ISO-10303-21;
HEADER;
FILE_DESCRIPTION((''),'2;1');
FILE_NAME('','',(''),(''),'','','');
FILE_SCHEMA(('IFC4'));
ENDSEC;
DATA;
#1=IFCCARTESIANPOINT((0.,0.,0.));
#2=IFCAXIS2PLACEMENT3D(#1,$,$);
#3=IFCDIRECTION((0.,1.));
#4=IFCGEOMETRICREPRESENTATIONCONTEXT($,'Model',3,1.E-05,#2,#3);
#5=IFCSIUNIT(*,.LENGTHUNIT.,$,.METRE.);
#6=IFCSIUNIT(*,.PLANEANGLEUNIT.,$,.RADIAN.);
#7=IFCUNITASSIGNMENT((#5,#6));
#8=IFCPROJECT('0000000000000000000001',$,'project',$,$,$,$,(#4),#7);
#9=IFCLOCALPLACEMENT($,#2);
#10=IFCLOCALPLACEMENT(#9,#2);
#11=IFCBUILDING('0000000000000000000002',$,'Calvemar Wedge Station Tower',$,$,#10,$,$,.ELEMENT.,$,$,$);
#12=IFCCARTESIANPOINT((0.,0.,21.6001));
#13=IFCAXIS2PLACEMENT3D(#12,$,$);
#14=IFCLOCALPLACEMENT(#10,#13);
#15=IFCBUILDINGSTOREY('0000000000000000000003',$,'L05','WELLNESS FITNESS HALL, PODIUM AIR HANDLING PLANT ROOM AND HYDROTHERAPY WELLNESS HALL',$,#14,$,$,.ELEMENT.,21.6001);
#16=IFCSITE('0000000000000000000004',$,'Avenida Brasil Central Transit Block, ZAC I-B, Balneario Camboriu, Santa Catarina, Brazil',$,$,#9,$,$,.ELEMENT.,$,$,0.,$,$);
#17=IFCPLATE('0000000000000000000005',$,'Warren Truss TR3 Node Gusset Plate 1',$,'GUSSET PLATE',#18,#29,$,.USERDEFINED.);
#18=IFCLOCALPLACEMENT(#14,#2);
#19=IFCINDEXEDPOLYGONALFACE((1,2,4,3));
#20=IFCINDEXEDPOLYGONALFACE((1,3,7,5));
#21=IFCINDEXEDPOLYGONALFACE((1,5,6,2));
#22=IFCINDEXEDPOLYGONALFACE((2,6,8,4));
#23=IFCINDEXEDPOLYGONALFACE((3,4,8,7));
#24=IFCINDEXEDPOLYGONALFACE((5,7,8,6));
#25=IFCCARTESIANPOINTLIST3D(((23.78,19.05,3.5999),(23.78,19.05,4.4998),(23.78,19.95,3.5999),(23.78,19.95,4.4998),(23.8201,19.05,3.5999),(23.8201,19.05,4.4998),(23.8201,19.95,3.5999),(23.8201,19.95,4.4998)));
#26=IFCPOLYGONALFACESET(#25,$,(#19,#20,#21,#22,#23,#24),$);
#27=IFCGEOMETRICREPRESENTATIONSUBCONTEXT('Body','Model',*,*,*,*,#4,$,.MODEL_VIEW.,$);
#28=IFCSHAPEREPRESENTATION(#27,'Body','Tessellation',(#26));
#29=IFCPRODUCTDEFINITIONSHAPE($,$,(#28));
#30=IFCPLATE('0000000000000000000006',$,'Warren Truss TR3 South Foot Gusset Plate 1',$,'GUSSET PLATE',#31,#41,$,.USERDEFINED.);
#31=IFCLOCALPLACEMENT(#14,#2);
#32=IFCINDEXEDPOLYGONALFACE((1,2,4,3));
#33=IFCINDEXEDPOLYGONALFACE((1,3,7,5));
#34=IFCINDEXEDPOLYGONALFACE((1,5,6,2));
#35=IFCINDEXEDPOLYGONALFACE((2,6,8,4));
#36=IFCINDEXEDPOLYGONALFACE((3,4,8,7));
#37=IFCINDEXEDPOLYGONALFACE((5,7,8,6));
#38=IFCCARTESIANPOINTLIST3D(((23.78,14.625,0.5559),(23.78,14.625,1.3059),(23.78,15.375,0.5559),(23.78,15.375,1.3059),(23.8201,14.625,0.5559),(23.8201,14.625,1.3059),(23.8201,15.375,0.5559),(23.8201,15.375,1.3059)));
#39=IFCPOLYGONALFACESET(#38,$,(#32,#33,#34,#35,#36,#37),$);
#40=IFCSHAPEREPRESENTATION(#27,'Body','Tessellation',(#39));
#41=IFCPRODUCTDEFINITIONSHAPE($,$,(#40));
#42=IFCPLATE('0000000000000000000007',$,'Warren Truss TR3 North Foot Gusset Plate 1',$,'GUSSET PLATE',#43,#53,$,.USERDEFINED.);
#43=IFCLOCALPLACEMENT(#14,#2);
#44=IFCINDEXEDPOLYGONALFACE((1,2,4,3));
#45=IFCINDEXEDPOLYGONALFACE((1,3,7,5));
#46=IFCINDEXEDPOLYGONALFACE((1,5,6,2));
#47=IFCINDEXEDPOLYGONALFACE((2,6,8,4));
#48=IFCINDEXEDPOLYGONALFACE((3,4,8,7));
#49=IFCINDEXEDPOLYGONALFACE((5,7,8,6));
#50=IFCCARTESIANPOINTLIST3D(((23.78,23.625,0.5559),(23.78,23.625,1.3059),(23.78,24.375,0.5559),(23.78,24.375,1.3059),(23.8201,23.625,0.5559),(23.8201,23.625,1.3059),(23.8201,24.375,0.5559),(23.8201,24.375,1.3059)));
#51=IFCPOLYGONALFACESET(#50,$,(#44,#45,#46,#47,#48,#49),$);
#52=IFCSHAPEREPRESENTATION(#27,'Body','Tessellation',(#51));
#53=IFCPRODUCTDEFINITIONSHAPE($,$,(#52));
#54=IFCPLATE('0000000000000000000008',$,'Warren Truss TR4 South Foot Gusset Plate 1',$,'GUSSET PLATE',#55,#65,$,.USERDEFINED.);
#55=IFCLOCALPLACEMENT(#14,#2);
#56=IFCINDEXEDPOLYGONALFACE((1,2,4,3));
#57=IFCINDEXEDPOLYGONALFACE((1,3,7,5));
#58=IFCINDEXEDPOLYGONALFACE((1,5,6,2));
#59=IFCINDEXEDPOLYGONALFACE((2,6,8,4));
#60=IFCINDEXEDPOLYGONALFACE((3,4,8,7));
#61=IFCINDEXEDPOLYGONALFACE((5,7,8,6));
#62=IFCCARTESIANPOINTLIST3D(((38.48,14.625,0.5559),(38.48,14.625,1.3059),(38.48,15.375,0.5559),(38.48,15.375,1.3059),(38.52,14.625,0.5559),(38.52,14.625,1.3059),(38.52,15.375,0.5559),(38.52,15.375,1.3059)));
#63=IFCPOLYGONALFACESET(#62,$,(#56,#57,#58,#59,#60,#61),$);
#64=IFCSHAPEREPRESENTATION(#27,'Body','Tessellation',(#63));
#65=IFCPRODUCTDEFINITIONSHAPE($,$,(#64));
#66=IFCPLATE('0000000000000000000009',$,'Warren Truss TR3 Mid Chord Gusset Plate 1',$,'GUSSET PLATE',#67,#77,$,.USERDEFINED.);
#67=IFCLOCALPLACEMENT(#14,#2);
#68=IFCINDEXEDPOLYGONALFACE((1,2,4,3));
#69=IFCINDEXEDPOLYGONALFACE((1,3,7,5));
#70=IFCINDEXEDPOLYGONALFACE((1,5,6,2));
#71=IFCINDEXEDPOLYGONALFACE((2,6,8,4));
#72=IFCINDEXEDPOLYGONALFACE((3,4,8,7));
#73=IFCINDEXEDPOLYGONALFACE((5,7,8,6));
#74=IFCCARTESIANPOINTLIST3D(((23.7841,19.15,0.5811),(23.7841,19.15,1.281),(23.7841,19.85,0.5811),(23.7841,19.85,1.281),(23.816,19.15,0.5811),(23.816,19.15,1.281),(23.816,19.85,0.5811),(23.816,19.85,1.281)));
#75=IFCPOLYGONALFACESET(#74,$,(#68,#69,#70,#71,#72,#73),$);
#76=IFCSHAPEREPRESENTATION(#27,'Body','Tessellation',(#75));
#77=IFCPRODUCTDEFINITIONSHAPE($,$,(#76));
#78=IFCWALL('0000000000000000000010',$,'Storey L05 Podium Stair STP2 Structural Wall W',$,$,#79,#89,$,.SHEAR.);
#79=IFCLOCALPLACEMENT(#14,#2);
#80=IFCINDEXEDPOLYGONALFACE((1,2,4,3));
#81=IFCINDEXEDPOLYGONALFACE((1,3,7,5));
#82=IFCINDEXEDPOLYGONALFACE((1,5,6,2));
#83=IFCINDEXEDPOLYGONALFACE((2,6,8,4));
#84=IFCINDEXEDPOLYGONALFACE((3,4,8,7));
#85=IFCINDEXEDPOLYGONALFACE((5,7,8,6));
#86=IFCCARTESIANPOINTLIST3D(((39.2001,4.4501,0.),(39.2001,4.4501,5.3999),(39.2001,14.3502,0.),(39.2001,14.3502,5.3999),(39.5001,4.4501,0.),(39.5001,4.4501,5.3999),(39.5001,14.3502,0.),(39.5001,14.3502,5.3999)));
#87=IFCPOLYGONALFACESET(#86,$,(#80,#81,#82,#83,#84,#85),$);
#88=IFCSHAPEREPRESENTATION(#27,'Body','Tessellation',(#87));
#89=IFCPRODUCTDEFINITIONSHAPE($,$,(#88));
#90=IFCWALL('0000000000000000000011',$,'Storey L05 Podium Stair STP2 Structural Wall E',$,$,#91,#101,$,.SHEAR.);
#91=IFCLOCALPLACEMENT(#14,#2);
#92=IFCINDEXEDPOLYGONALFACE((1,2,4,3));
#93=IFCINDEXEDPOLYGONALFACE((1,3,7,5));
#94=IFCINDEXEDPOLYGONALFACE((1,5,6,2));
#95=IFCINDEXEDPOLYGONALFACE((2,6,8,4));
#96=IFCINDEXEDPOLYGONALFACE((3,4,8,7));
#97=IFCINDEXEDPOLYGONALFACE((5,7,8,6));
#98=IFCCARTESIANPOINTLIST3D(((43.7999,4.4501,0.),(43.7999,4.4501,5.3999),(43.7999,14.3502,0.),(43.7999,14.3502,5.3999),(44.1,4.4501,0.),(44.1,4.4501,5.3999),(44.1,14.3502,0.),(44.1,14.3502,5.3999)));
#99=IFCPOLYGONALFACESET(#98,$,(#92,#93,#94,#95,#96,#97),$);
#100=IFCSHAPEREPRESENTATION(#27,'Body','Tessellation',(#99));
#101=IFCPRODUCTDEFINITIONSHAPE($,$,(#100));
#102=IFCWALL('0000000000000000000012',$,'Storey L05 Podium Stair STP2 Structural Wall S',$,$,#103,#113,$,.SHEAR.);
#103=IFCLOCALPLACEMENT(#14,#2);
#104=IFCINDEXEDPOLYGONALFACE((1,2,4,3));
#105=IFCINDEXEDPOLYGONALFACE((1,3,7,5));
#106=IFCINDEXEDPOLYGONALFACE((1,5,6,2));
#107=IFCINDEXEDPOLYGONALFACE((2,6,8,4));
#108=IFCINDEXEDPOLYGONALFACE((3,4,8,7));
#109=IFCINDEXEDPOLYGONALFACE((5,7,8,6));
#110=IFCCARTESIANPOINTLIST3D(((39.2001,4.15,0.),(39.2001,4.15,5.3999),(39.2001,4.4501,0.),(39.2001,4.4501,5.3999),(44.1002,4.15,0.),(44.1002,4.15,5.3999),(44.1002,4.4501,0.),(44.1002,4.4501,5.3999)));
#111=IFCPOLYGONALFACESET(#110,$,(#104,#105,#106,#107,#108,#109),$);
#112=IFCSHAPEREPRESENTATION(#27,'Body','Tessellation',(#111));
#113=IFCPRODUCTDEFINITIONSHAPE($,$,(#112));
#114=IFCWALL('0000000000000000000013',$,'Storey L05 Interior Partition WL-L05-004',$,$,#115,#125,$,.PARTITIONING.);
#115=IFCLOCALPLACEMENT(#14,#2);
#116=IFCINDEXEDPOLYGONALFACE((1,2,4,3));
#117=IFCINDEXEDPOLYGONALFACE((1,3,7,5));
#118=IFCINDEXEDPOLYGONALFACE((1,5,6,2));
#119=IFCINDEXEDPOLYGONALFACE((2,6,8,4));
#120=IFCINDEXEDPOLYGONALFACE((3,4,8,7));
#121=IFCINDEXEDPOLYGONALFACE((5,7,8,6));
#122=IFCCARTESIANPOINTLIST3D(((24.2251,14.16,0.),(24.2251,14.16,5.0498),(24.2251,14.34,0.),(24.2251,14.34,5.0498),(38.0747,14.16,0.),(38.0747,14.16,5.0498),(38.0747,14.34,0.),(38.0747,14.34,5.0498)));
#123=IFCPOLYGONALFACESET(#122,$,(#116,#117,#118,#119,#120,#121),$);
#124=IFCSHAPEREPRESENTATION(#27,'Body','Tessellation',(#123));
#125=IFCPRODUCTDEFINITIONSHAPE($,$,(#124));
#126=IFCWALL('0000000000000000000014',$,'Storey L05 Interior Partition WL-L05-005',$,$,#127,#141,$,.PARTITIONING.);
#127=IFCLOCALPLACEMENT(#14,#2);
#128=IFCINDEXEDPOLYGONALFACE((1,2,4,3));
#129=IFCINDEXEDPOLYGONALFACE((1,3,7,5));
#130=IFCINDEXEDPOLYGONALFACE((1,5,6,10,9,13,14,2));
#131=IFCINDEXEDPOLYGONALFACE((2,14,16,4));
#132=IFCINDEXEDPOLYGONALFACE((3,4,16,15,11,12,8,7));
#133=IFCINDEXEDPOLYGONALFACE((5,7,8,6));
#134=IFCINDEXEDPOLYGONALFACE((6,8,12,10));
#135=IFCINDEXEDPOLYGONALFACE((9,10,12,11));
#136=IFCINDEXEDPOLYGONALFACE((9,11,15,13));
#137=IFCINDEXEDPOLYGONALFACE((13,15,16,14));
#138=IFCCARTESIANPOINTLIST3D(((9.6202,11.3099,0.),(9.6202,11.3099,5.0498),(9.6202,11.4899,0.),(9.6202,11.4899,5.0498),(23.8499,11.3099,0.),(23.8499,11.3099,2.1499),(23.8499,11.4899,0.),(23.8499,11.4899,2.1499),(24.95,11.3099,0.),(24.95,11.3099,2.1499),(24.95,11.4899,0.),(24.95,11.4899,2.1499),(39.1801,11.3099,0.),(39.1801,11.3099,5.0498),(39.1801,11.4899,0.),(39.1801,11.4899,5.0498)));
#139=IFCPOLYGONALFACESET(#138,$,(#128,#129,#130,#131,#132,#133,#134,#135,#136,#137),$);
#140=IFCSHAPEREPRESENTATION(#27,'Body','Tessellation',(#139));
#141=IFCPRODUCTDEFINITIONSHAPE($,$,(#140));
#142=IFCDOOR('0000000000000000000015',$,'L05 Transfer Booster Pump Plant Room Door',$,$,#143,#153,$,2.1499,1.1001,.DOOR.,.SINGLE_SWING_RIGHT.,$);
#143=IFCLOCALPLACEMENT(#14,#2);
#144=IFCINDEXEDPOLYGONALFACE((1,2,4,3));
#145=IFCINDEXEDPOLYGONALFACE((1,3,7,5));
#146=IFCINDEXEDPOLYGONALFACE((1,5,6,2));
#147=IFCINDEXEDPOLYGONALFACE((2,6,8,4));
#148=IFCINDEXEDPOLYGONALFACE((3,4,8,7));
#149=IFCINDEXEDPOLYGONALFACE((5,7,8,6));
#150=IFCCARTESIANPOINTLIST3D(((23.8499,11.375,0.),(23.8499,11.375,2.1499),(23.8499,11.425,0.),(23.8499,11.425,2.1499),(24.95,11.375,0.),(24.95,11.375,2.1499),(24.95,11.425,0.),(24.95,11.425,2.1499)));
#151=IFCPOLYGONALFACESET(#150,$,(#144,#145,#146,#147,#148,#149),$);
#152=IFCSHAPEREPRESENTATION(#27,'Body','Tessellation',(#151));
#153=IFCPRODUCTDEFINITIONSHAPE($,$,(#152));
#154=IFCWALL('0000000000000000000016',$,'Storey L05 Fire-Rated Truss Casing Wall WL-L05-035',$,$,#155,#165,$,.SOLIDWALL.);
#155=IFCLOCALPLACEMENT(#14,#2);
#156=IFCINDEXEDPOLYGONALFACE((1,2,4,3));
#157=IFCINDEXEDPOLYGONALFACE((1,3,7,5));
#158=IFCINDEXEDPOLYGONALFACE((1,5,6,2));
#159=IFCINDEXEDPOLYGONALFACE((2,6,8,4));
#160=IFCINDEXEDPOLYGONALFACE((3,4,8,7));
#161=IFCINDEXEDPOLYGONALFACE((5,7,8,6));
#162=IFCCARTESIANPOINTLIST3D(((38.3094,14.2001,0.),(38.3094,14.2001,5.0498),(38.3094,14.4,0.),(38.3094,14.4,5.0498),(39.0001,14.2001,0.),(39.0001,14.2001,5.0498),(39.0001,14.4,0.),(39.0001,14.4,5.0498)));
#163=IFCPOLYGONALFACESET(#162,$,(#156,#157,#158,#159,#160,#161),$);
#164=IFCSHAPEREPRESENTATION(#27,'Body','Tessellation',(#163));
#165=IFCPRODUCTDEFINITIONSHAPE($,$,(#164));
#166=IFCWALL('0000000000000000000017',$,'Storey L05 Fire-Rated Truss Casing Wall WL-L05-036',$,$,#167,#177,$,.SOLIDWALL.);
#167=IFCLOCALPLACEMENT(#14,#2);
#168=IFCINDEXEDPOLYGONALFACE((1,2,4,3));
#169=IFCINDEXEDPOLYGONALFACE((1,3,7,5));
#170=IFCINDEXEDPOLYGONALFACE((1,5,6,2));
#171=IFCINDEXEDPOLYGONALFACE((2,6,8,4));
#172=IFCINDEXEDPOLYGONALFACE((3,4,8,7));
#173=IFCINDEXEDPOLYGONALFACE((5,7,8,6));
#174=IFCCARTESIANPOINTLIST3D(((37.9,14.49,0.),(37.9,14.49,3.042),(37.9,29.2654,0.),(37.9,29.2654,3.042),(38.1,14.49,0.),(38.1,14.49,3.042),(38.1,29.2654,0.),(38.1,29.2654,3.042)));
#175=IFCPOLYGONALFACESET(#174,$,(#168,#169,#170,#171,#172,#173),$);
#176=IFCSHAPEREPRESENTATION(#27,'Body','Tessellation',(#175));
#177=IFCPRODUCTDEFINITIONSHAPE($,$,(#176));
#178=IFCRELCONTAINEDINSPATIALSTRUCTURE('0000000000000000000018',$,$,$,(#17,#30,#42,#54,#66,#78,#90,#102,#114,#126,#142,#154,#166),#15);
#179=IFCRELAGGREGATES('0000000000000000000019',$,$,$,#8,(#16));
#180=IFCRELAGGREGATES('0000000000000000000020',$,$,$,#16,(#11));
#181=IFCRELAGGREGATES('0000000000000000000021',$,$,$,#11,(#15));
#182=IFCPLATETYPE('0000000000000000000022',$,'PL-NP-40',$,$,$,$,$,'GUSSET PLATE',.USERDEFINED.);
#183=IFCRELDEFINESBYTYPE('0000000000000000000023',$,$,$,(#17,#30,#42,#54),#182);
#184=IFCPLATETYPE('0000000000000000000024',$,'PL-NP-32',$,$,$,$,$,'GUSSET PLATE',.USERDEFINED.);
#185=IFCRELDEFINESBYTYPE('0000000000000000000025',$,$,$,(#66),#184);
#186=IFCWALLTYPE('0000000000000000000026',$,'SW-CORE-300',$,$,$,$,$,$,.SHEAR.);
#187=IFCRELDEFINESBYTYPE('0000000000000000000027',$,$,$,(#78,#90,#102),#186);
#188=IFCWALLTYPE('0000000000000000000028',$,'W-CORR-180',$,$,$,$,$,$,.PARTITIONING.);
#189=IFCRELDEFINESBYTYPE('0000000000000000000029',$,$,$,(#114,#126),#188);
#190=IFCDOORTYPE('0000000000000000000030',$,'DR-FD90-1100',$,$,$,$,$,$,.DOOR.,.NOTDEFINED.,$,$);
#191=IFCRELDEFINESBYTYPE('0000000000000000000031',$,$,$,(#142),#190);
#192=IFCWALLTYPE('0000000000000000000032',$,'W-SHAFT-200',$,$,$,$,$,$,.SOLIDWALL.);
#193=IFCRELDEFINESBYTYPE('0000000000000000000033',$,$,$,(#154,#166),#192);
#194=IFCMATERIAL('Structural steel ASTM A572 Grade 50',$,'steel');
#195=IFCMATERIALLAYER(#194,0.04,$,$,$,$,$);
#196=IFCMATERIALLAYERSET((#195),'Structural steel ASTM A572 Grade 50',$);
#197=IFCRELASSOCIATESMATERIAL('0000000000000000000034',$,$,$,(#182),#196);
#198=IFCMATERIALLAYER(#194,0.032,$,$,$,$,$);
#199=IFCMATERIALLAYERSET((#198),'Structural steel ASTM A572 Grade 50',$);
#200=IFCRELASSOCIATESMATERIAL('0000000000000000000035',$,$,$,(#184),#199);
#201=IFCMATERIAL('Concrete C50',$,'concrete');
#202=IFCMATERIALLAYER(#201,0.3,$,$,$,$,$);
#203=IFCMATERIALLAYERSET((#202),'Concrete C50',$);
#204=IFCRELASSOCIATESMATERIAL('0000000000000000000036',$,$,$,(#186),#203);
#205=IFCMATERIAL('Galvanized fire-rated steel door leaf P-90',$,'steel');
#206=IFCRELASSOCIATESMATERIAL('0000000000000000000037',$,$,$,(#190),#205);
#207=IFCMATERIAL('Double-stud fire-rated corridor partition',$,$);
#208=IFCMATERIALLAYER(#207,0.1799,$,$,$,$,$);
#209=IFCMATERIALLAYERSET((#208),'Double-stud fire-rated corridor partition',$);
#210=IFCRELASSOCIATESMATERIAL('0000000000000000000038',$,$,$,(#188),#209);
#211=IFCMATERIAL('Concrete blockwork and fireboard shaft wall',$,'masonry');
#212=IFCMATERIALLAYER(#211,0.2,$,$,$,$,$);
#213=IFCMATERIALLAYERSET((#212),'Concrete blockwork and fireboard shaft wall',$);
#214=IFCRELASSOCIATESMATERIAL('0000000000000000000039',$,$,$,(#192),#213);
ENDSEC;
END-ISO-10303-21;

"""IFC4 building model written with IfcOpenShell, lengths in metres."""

from ifc_helpers import new_model, si_unit, direction, frame, frame_2d, origin, origin_2d, place, context, subcontext, project, spatial, rectangle, extrude, source, transform, mapped, material, layer, layer_set, type_object, element, fill, save


model = new_model("IFC4")

# Units and contexts
model_context = context("Model", 3, precision=1e-05, world=origin(), true_north=direction((0.0, 1.0)))
body_context = subcontext(model_context, "Body", "Model", "MODEL_VIEW")
ifc_project = project(units=[si_unit("LENGTHUNIT", "METRE"), si_unit("PLANEANGLEUNIT", "RADIAN")], contexts=[model_context])

# Site, building, storey
site_placement = place(None, origin())
site = spatial("IfcSite", under=ifc_project, at=site_placement, Name="Avenida Brasil Central Transit Block, ZAC I-B, Balneario Camboriu, Santa Catarina, Brazil", CompositionType="ELEMENT", RefElevation=0.0)
building_placement = place(site_placement, origin())
building = spatial("IfcBuilding", under=site, at=building_placement, Name="Calvemar Wedge Station Tower", CompositionType="ELEMENT")
storey_placement = place(building_placement, frame((0.0, 0.0, 21.6001)))
storey = spatial("IfcBuildingStorey", under=building, at=storey_placement, Name="L05", Description="WELLNESS FITNESS HALL, PODIUM AIR HANDLING PLANT ROOM AND HYDROTHERAPY WELLNESS HALL", CompositionType="ELEMENT", Elevation=21.6001)

# Shared definitions
ifc_material_1 = material(Name="Structural steel ASTM A572 Grade 50", Category="steel")

# Plates
ifc_layer_1 = layer(ifc_material_1, 0.04)
ifc_layer_set_1 = layer_set([ifc_layer_1], Name="Structural steel ASTM A572 Grade 50")
plate_type_1 = type_object("IfcPlateType", Name="PL-NP-40", ElementType="GUSSET PLATE", PredefinedType="USERDEFINED", material=ifc_layer_set_1)
shared_shape_1 = source(origin(), body_context, "Body", "SweptSolid", [
    extrude(rectangle(XDim=0.8999, YDim=0.04, at=origin_2d()), origin(), (0.0, 0.0, 1.0), 0.8999),
])
plate_1_placement = place(storey_placement, frame((23.8, 19.5, 3.5999), z_axis=(0.0, 0.0, 1.0), x_axis=(0.0, 1.0, 0.0)))
element("IfcPlate", 1, at=plate_1_placement, inside=storey, type_object=plate_type_1, Name="Warren Truss TR3 Node Gusset Plate 1", ObjectType="GUSSET PLATE", PredefinedType="USERDEFINED", context=body_context, shape_type="MappedRepresentation", body=[
    mapped(shared_shape_1, transform((0.0, 0.0, 0.0), scale=1.0)),
])
shared_shape_2 = source(origin(), body_context, "Body", "SweptSolid", [
    extrude(rectangle(XDim=0.75, YDim=0.04, at=origin_2d()), origin(), (0.0, 0.0, 1.0), 0.75),
])
for number, where, z_axis, x_axis, name in (
    (2, (23.8, 15.0, 0.5559), (0.0, 0.0, 1.0), (0.0, 1.0, 0.0), "Warren Truss TR3 South Foot Gusset Plate 1"),
    (3, (23.8, 24.0, 0.5559), (0.0, 0.0, 1.0), (0.0, 1.0, 0.0), "Warren Truss TR3 North Foot Gusset Plate 1"),
    (4, (38.5, 15.0, 0.5559), (0.0, 0.0, 1.0), (0.0, 1.0, 0.0), "Warren Truss TR4 South Foot Gusset Plate 1"),
):
    element("IfcPlate", number, at=place(storey_placement, frame(where, z_axis=z_axis, x_axis=x_axis)), inside=storey, type_object=plate_type_1, Name=name, ObjectType="GUSSET PLATE", PredefinedType="USERDEFINED", context=body_context, shape_type="MappedRepresentation", body=[
        mapped(shared_shape_2, transform((0.0, 0.0, 0.0), scale=1.0)),
    ])
ifc_layer_2 = layer(ifc_material_1, 0.032)
ifc_layer_set_2 = layer_set([ifc_layer_2], Name="Structural steel ASTM A572 Grade 50")
plate_type_2 = type_object("IfcPlateType", Name="PL-NP-32", ElementType="GUSSET PLATE", PredefinedType="USERDEFINED", material=ifc_layer_set_2)
shared_shape_3 = source(origin(), body_context, "Body", "SweptSolid", [
    extrude(rectangle(XDim=0.7, YDim=0.032, at=origin_2d()), origin(), (0.0, 0.0, 1.0), 0.7),
])
plate_2_placement = place(storey_placement, frame((23.8, 19.5, 0.5811), z_axis=(0.0, 0.0, 1.0), x_axis=(0.0, 1.0, 0.0)))
element("IfcPlate", 5, at=plate_2_placement, inside=storey, type_object=plate_type_2, Name="Warren Truss TR3 Mid Chord Gusset Plate 1", ObjectType="GUSSET PLATE", PredefinedType="USERDEFINED", context=body_context, shape_type="MappedRepresentation", body=[
    mapped(shared_shape_3, transform((0.0, 0.0, 0.0), scale=1.0)),
])

# Walls
ifc_material_2 = material(Name="Concrete C50", Category="concrete")
ifc_layer_3 = layer(ifc_material_2, 0.3)
ifc_layer_set_3 = layer_set([ifc_layer_3], Name="Concrete C50")
wall_type_1 = type_object("IfcWallType", Name="SW-CORE-300", PredefinedType="SHEAR", material=ifc_layer_set_3)
for number, where, z_axis, x_axis, name in (
    (6, (39.3501, 4.45, 0.0), (0.0, 0.0, 1.0), (0.0, 1.0, 0.0), "Storey L05 Podium Stair STP2 Structural Wall W"),
    (7, (43.95, 4.45, 0.0), (0.0, 0.0, 1.0), (0.0, 1.0, 0.0), "Storey L05 Podium Stair STP2 Structural Wall E"),
):
    element("IfcWall", number, at=place(storey_placement, frame(where, z_axis=z_axis, x_axis=x_axis)), inside=storey, type_object=wall_type_1, Name=name, PredefinedType="SHEAR", context=body_context, shape_type="SweptSolid", body=[
        extrude(rectangle(XDim=9.9001, YDim=0.3, at=frame_2d((4.9502, 0.0))), origin(), (0.0, 0.0, 1.0), 5.3999),
    ])
wall_1_placement = place(storey_placement, frame((39.2, 4.3, 0.0), z_axis=(0.0, 0.0, 1.0), x_axis=(1.0, 0.0, 0.0)))
element("IfcWall", 8, at=wall_1_placement, inside=storey, type_object=wall_type_1, Name="Storey L05 Podium Stair STP2 Structural Wall S", PredefinedType="SHEAR", context=body_context, shape_type="SweptSolid", body=[
    extrude(rectangle(XDim=4.9001, YDim=0.3, at=frame_2d((2.4502, 0.0))), origin(), (0.0, 0.0, 1.0), 5.3999),
])

# Shared definitions
ifc_material_3 = material(Name="Galvanized fire-rated steel door leaf P-90", Category="steel")
door_type = type_object("IfcDoorType", Name="DR-FD90-1100", OperationType="NOTDEFINED", PredefinedType="DOOR", material=ifc_material_3)
shared_shape_4 = source(origin(), body_context, "Body", "SweptSolid", [
    extrude(rectangle(XDim=1.1001, YDim=2.1499, at=frame_2d((0.55, 1.075))), frame((0.0, 0.0249, 0.0), z_axis=(0.0, -1.0, 0.0), x_axis=(1.0, 0.0, 0.0)), (0.0, 0.0, 1.0), 0.05),
])

# Wall
ifc_material_4 = material(Name="Double-stud fire-rated corridor partition")
ifc_layer_4 = layer(ifc_material_4, 0.1799)
ifc_layer_set_4 = layer_set([ifc_layer_4], Name="Double-stud fire-rated corridor partition")
wall_type_2 = type_object("IfcWallType", Name="W-CORR-180", PredefinedType="PARTITIONING", material=ifc_layer_set_4)
wall_2_placement = place(storey_placement, frame((24.2251, 14.25, 0.0), z_axis=(0.0, 0.0, 1.0), x_axis=(1.0, 0.0, 0.0)))
element("IfcWall", 9, at=wall_2_placement, inside=storey, type_object=wall_type_2, Name="Storey L05 Interior Partition WL-L05-004", PredefinedType="PARTITIONING", context=body_context, shape_type="SweptSolid", body=[
    extrude(rectangle(XDim=13.8496, YDim=0.1799, at=frame_2d((6.9248, 0.0))), origin(), (0.0, 0.0, 1.0), 5.0498),
])

# Wall, opening, door
wall_3_placement = place(storey_placement, frame((39.1799, 11.3999, 0.0), z_axis=(0.0, 0.0, 1.0), x_axis=(-1.0, 0.0, 0.0)))
wall_3 = element("IfcWall", 10, at=wall_3_placement, inside=storey, type_object=wall_type_2, Name="Storey L05 Interior Partition WL-L05-005", PredefinedType="PARTITIONING", context=body_context, shape_type="SweptSolid", body=[
    extrude(rectangle(XDim=29.5598, YDim=0.1799, at=frame_2d((14.7798, 0.0))), origin(), (0.0, 0.0, 1.0), 5.0498),
])
shared_shape_5 = source(origin(), body_context, "Body", "SweptSolid", [
    extrude(rectangle(XDim=1.1001, YDim=2.1499, at=frame_2d((0.55, 1.075))), frame((0.0, 0.1001, 0.0), z_axis=(0.0, -1.0, 0.0), x_axis=(1.0, 0.0, 0.0)), (0.0, 0.0, 1.0), 0.2),
])
opening_1_placement = place(wall_3_placement, frame((14.23, 0.0, 0.0)))
opening_1 = element("IfcOpeningElement", 11, at=opening_1_placement, cuts=wall_3, PredefinedType="OPENING", context=body_context, shape_type="MappedRepresentation", body=[
    mapped(shared_shape_5, transform((0.0, 0.0, 0.0), scale=1.0)),
])
door_1_placement = place(opening_1_placement, origin())
door_1 = element("IfcDoor", 12, at=door_1_placement, inside=storey, type_object=door_type, Name="L05 Transfer Booster Pump Plant Room Door", OperationType="SINGLE_SWING_RIGHT", OverallHeight=2.1499, OverallWidth=1.1001, PredefinedType="DOOR", context=body_context, shape_type="MappedRepresentation", body=[
    mapped(shared_shape_4, transform((0.0, 0.0, 0.0), scale=1.0)),
])
fill(opening_1, door_1)

# Walls
ifc_material_5 = material(Name="Concrete blockwork and fireboard shaft wall", Category="masonry")
ifc_layer_5 = layer(ifc_material_5, 0.2)
ifc_layer_set_5 = layer_set([ifc_layer_5], Name="Concrete blockwork and fireboard shaft wall")
wall_type_3 = type_object("IfcWallType", Name="W-SHAFT-200", PredefinedType="SOLIDWALL", material=ifc_layer_set_5)
wall_4_placement = place(storey_placement, frame((39.0, 14.3, 0.0), z_axis=(0.0, 0.0, 1.0), x_axis=(-1.0, 0.0, 0.0)))
element("IfcWall", 13, at=wall_4_placement, inside=storey, type_object=wall_type_3, Name="Storey L05 Fire-Rated Truss Casing Wall WL-L05-035", PredefinedType="SOLIDWALL", context=body_context, shape_type="SweptSolid", body=[
    extrude(rectangle(XDim=0.6907, YDim=0.2, at=frame_2d((0.3452, 0.0))), origin(), (0.0, 0.0, 1.0), 5.0498),
])
wall_5_placement = place(storey_placement, frame((38.0, 14.49, 0.0), z_axis=(0.0, 0.0, 1.0), x_axis=(0.0, 1.0, 0.0)))
element("IfcWall", 14, at=wall_5_placement, inside=storey, type_object=wall_type_3, Name="Storey L05 Fire-Rated Truss Casing Wall WL-L05-036", PredefinedType="SOLIDWALL", context=body_context, shape_type="SweptSolid", body=[
    extrude(rectangle(XDim=14.7754, YDim=0.2, at=frame_2d((7.3877, 0.0))), origin(), (0.0, 0.0, 1.0), 3.042),
])

save(model, "model.ifc")
